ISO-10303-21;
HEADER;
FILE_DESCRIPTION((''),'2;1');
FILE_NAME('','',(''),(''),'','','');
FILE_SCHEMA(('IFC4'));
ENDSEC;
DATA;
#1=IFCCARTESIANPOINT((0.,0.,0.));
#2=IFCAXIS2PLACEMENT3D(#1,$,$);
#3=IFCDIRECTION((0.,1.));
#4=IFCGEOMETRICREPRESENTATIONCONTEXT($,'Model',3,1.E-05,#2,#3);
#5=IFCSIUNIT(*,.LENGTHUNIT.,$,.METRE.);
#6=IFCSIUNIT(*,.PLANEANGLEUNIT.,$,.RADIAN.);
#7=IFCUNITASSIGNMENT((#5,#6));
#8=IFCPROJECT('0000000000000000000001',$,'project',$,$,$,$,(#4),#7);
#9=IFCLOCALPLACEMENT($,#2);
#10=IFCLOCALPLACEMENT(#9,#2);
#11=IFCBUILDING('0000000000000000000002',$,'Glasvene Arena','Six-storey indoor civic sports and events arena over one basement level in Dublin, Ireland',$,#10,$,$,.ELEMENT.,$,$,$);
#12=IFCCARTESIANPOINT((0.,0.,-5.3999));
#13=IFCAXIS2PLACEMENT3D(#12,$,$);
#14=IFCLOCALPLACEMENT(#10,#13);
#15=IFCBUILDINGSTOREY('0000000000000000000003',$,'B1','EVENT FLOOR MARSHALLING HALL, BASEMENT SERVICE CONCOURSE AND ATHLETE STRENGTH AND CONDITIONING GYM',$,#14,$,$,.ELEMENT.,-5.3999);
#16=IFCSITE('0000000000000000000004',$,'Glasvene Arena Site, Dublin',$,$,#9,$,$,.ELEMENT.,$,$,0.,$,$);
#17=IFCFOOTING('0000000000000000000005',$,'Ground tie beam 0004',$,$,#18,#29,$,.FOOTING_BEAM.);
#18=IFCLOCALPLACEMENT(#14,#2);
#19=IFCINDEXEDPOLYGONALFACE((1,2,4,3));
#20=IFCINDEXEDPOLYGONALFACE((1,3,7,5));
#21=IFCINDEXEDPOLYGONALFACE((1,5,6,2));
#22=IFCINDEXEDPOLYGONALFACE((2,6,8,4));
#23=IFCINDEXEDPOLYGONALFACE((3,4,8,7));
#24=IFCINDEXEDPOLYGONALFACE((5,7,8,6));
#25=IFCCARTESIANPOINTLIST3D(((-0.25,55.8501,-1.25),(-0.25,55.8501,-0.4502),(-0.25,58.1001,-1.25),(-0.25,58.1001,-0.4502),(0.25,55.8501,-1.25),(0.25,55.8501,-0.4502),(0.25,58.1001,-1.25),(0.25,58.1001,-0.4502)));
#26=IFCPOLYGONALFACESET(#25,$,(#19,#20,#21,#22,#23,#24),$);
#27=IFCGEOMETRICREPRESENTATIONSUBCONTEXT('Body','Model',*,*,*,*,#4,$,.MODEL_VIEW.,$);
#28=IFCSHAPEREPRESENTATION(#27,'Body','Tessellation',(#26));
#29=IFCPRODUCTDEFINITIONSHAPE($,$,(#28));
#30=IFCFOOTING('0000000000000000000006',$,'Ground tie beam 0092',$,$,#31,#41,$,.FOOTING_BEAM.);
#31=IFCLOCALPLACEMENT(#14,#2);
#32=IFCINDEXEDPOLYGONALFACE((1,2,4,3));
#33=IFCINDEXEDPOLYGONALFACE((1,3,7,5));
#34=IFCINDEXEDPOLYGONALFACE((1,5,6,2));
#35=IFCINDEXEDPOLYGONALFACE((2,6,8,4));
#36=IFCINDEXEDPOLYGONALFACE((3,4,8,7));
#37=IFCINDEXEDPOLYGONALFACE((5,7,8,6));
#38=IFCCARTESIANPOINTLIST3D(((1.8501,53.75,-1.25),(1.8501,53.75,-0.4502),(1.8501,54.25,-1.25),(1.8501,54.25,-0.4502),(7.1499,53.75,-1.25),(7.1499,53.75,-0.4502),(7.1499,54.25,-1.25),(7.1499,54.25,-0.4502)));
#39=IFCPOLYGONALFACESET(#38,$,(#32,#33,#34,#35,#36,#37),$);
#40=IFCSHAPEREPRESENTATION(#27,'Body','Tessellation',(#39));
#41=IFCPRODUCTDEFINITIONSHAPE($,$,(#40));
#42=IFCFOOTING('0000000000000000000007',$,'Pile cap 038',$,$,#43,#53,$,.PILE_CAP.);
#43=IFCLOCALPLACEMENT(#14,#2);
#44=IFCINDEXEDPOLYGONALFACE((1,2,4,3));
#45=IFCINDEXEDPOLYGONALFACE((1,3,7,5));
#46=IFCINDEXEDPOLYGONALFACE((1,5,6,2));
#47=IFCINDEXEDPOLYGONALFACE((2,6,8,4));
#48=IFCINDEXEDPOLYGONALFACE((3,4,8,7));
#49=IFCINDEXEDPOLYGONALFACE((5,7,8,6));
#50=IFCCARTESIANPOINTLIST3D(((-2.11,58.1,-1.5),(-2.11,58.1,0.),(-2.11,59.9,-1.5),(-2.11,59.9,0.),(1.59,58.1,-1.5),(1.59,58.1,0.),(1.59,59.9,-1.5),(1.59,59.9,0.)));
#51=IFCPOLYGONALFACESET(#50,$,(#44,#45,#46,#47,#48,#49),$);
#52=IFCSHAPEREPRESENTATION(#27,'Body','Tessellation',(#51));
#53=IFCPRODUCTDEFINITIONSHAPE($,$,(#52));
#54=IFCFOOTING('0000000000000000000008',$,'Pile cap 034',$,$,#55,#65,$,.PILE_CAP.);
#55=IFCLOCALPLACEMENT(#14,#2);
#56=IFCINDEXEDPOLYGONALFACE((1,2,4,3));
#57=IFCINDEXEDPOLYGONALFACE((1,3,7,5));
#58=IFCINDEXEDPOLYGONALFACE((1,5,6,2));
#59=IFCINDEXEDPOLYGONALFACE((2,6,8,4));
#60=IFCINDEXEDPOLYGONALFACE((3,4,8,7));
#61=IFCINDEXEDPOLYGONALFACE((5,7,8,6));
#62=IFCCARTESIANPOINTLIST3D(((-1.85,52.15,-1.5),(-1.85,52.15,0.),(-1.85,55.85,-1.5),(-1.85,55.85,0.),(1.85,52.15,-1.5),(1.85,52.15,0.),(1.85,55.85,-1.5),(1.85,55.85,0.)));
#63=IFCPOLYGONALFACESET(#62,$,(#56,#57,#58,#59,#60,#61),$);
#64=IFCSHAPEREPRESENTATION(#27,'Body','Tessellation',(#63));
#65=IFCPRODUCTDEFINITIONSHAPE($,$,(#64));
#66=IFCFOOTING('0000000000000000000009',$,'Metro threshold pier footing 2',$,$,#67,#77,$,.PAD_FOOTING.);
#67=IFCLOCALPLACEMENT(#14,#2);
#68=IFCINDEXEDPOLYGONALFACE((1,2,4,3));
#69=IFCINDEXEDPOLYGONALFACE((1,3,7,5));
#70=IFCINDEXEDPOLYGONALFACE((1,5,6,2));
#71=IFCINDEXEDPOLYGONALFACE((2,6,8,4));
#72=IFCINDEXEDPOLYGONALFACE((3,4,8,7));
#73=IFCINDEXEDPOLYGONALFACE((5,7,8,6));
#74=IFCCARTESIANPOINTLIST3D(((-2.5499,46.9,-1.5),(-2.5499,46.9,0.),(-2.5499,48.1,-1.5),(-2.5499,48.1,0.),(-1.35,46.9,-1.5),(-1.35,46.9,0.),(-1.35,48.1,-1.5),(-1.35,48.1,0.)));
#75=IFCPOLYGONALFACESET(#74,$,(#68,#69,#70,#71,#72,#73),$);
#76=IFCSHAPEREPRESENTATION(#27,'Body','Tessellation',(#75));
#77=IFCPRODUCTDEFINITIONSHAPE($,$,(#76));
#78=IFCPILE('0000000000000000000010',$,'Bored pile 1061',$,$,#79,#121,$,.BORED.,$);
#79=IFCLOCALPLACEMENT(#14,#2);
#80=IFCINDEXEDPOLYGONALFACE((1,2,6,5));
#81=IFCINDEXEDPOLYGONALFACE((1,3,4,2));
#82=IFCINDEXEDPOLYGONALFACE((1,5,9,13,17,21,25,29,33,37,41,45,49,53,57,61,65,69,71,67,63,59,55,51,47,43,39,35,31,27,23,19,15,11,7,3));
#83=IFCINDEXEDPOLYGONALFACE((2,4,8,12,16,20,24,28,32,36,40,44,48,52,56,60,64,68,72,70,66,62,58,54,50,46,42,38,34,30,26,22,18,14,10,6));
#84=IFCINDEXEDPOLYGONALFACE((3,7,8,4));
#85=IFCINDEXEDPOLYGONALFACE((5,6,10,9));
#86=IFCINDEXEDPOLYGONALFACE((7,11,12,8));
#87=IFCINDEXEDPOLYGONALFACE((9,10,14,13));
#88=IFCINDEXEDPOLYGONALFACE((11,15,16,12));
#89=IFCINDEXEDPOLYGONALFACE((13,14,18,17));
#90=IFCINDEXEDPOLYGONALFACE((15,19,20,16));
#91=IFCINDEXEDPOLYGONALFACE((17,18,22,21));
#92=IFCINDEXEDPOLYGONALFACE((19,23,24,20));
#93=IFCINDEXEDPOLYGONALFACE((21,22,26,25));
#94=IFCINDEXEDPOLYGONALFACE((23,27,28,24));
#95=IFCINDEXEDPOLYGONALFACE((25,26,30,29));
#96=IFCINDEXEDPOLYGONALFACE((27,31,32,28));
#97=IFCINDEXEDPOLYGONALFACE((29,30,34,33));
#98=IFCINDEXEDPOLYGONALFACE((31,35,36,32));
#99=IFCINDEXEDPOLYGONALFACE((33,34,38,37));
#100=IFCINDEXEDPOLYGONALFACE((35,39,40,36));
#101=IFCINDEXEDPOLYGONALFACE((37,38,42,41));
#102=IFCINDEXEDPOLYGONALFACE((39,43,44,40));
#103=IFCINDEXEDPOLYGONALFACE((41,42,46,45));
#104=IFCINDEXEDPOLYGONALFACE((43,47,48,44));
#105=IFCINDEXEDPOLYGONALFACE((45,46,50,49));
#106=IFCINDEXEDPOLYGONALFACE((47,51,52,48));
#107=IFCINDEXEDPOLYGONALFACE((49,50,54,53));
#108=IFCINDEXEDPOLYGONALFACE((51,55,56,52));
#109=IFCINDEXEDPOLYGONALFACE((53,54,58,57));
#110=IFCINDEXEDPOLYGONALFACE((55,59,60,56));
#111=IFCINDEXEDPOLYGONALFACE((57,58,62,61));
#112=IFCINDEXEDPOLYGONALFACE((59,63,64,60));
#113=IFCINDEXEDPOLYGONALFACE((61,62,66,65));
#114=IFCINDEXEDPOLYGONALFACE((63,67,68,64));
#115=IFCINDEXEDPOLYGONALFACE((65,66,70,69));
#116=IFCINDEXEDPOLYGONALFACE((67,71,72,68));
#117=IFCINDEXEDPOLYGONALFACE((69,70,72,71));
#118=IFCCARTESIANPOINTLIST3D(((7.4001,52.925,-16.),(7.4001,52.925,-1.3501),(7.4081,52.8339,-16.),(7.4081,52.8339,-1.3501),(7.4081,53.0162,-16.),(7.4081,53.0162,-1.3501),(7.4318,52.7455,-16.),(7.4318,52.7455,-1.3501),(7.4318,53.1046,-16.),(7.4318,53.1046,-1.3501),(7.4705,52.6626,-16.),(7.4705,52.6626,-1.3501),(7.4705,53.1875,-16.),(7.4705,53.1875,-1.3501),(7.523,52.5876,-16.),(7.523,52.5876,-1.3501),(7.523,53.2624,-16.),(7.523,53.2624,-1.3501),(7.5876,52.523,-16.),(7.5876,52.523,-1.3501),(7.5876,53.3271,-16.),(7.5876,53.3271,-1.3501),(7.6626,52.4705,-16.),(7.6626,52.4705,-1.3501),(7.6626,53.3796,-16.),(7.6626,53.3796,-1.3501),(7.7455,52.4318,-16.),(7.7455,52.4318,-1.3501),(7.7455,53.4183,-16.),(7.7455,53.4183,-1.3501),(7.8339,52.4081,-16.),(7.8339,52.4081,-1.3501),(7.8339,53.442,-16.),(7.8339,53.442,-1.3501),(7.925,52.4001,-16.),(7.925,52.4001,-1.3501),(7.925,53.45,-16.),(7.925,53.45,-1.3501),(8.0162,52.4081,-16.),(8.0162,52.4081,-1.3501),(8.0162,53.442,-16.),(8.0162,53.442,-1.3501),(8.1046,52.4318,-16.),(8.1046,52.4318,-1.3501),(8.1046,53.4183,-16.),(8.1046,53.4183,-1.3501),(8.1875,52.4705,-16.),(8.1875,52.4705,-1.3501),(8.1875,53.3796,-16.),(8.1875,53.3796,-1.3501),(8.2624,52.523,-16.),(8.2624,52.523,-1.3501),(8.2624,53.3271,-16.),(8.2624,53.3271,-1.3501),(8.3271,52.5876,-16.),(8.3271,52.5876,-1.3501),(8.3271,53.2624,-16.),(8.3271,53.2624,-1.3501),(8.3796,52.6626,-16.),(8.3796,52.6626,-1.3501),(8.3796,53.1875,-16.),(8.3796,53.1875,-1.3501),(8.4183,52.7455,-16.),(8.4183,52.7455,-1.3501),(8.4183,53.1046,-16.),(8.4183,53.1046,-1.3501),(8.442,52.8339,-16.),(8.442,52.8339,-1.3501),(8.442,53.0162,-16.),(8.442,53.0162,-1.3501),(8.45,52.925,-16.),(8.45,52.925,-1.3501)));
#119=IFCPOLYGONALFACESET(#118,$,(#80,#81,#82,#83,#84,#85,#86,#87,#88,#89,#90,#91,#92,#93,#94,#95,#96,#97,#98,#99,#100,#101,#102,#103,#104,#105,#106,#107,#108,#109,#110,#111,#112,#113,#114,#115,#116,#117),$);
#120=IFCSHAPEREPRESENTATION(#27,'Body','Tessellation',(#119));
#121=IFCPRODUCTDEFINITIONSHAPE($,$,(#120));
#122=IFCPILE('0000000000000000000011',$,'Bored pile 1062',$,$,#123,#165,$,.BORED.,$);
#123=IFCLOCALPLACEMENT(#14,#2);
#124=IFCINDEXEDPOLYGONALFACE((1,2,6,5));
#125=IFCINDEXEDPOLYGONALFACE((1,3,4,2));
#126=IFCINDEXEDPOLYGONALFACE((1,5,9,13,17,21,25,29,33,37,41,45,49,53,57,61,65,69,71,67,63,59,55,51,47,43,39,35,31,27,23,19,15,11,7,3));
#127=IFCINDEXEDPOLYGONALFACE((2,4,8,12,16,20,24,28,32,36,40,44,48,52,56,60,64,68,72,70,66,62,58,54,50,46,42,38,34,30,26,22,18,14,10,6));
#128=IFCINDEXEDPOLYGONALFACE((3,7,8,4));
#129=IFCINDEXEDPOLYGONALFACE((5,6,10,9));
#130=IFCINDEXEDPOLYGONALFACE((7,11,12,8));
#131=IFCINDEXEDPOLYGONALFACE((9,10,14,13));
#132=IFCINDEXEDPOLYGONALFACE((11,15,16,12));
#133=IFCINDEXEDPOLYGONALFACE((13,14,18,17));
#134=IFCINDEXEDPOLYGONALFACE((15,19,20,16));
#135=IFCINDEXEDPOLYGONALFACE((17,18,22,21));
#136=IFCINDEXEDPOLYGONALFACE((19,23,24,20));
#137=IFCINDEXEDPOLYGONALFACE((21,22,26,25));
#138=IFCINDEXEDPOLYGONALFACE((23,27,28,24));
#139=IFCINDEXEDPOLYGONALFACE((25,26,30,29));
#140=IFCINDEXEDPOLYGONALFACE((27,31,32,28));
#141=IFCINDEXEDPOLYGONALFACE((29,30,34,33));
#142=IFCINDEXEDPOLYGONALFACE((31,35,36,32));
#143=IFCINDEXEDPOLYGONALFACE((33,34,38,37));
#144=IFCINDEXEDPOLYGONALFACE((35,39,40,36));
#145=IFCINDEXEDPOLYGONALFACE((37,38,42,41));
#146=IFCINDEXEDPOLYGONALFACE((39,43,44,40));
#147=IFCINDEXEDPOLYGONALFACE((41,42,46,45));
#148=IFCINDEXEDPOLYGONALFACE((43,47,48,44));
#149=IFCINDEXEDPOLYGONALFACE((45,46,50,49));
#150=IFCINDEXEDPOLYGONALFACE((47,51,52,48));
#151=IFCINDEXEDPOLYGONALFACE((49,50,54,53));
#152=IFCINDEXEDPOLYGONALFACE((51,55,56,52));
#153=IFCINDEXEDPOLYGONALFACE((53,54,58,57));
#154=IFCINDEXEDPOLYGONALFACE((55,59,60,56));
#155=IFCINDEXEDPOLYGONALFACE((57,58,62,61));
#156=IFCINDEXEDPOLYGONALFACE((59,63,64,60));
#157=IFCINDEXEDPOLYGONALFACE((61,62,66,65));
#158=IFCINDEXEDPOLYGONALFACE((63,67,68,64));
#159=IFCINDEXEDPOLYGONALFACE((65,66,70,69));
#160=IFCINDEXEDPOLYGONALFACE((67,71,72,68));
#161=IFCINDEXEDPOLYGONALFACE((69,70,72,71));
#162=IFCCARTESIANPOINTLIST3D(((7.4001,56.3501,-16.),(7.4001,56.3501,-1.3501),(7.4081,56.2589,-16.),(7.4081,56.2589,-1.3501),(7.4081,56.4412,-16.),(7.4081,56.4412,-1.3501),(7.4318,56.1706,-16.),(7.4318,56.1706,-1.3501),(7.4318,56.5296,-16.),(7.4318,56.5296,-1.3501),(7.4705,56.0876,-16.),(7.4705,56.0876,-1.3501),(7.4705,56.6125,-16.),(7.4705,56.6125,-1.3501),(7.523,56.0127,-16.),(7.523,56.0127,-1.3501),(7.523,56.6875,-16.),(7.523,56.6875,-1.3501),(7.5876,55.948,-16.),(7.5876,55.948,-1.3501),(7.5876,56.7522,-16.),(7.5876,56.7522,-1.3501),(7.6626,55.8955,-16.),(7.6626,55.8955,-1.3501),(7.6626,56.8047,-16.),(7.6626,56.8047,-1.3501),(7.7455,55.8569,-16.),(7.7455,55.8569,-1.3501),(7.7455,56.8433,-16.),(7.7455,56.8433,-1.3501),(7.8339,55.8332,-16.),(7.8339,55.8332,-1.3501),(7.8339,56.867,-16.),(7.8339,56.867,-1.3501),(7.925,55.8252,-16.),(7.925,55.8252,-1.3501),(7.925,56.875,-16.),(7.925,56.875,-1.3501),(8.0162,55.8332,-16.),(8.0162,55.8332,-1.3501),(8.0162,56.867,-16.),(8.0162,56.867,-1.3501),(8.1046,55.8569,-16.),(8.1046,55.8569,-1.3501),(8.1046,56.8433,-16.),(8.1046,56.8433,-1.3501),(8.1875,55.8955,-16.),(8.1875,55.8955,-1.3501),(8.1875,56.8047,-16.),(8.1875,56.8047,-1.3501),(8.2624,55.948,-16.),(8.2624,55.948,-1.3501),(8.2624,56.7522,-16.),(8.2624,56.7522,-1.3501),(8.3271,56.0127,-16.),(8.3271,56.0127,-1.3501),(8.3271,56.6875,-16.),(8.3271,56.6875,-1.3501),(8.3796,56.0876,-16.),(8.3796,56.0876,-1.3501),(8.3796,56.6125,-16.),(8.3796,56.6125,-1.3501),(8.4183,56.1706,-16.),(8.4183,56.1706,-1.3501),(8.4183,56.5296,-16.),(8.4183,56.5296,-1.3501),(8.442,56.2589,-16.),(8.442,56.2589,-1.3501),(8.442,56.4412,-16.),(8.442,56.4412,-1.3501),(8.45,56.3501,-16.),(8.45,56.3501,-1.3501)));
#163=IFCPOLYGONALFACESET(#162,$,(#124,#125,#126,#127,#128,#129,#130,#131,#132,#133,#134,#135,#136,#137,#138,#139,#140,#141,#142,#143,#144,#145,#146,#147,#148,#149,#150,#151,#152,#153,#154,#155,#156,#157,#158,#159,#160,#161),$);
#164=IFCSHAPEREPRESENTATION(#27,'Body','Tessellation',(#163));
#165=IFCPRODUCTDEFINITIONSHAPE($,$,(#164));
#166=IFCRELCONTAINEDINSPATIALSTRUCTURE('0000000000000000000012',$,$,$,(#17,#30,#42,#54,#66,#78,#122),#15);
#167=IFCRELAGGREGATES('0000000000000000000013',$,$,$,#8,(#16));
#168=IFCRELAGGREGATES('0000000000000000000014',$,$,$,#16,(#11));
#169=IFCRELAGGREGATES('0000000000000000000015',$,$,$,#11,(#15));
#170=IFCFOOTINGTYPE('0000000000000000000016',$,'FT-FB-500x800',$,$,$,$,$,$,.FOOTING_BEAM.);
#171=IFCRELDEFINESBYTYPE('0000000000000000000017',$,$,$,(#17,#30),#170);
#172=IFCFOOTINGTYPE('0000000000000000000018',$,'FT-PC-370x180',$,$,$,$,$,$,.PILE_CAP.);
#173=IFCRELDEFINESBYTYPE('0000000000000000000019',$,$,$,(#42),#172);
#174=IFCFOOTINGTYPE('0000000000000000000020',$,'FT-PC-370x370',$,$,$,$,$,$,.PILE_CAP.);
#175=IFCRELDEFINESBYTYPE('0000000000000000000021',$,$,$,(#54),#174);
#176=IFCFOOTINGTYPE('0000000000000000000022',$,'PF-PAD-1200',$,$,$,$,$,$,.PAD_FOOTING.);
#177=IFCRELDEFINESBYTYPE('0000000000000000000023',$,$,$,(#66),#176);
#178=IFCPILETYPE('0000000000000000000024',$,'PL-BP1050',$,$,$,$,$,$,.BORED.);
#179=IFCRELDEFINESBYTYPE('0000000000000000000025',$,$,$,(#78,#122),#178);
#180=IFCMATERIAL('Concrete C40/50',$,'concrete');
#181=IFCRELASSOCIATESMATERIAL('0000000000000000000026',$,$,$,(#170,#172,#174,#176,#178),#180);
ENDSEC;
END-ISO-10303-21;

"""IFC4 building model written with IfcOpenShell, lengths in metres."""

from ifc_helpers import new_model, si_unit, direction, frame, origin, origin_2d, place, context, subcontext, project, spatial, polyline, rectangle, circle, outline, extrude, material, material_profile, profile_set, type_object, element, save


model = new_model("IFC4")

# Units and contexts
model_context = context("Model", 3, precision=1e-05, world=origin(), true_north=direction((0.0, 1.0)))
body_context = subcontext(model_context, "Body", "Model", "MODEL_VIEW")
ifc_project = project(units=[si_unit("LENGTHUNIT", "METRE"), si_unit("PLANEANGLEUNIT", "RADIAN")], contexts=[model_context])

# Site, building, storey
site_placement = place(None, origin())
site = spatial("IfcSite", under=ifc_project, at=site_placement, Name="Glasvene Arena Site, Dublin", CompositionType="ELEMENT", RefElevation=0.0)
building_placement = place(site_placement, origin())
building = spatial("IfcBuilding", under=site, at=building_placement, Name="Glasvene Arena", Description="Six-storey indoor civic sports and events arena over one basement level in Dublin, Ireland", CompositionType="ELEMENT")
storey_placement = place(building_placement, frame((0.0, 0.0, -5.3999)))
storey = spatial("IfcBuildingStorey", under=building, at=storey_placement, Name="B1", Description="EVENT FLOOR MARSHALLING HALL, BASEMENT SERVICE CONCOURSE AND ATHLETE STRENGTH AND CONDITIONING GYM", CompositionType="ELEMENT", Elevation=-5.3999)

# Footings
ifc_material_1 = material(Name="Concrete C40/50", Category="concrete")
footing_type_1 = type_object("IfcFootingType", Name="FT-FB-500x800", PredefinedType="FOOTING_BEAM", material=ifc_material_1)
footing_1_placement = place(storey_placement, frame((0.0, 56.9751, -1.25)))
element("IfcFooting", 1, at=footing_1_placement, inside=storey, type_object=footing_type_1, Name="Ground tie beam 0004", PredefinedType="FOOTING_BEAM", context=body_context, shape_type="SweptSolid", body=[
    extrude(outline(polyline([(-0.25, -1.125), (0.25, -1.125), (0.25, 1.125), (-0.25, 1.125), (-0.25, -1.125)])), origin(), (0.0, 0.0, 1.0), 0.7998),
])
footing_2_placement = place(storey_placement, frame((4.5, 54.0, -1.25)))
element("IfcFooting", 2, at=footing_2_placement, inside=storey, type_object=footing_type_1, Name="Ground tie beam 0092", PredefinedType="FOOTING_BEAM", context=body_context, shape_type="SweptSolid", body=[
    extrude(outline(polyline([(-2.6499, -0.25), (2.6499, -0.25), (2.6499, 0.25), (-2.6499, 0.25), (-2.6499, -0.25)])), origin(), (0.0, 0.0, 1.0), 0.7998),
])
footing_type_2 = type_object("IfcFootingType", Name="FT-PC-370x180", PredefinedType="PILE_CAP", material=ifc_material_1)
footing_3_placement = place(storey_placement, frame((-0.26, 59.0, -1.5), z_axis=(0.0, 0.0, 1.0), x_axis=(1.0, 0.0, 0.0)))
element("IfcFooting", 3, at=footing_3_placement, inside=storey, type_object=footing_type_2, Name="Pile cap 038", PredefinedType="PILE_CAP", context=body_context, shape_type="SweptSolid", body=[
    extrude(rectangle(XDim=3.7, YDim=1.8, at=origin_2d()), origin(), (0.0, 0.0, 1.0), 1.5),
])
footing_type_3 = type_object("IfcFootingType", Name="FT-PC-370x370", PredefinedType="PILE_CAP", material=ifc_material_1)
footing_4_placement = place(storey_placement, frame((0.0, 54.0, -1.5), z_axis=(0.0, 0.0, 1.0), x_axis=(1.0, 0.0, 0.0)))
element("IfcFooting", 4, at=footing_4_placement, inside=storey, type_object=footing_type_3, Name="Pile cap 034", PredefinedType="PILE_CAP", context=body_context, shape_type="SweptSolid", body=[
    extrude(rectangle(XDim=3.7, YDim=3.7, at=origin_2d()), origin(), (0.0, 0.0, 1.0), 1.5),
])
footing_type_4 = type_object("IfcFootingType", Name="PF-PAD-1200", PredefinedType="PAD_FOOTING", material=ifc_material_1)
footing_5_placement = place(storey_placement, frame((-1.95, 47.5, -1.5), z_axis=(0.0, 0.0, 1.0), x_axis=(1.0, 0.0, 0.0)))
element("IfcFooting", 5, at=footing_5_placement, inside=storey, type_object=footing_type_4, Name="Metro threshold pier footing 2", PredefinedType="PAD_FOOTING", context=body_context, shape_type="SweptSolid", body=[
    extrude(rectangle(XDim=1.2, YDim=1.2, at=origin_2d()), origin(), (0.0, 0.0, 1.0), 1.5),
])

# Piles
ifc_material_profile_1 = material_profile(ifc_material_1, circle(Radius=0.5249, at=origin_2d()), Name="BORED PILE 1050")
ifc_profile_set_1 = profile_set([ifc_material_profile_1], Name="Concrete C40/50")
pile_type_1 = type_object("IfcPileType", Name="PL-BP1050", PredefinedType="BORED", material=ifc_profile_set_1)
for number, where, z_axis, x_axis, name in (
    (6, (7.925, 52.925, -1.3501), (0.0, 0.0, -1.0), (1.0, 0.0, 0.0), "Bored pile 1061"),
    (7, (7.925, 56.3501, -1.3501), (0.0, 0.0, -1.0), (1.0, 0.0, 0.0), "Bored pile 1062"),
):
    element("IfcPile", number, at=place(storey_placement, frame(where, z_axis=z_axis, x_axis=x_axis)), inside=storey, type_object=pile_type_1, Name=name, PredefinedType="BORED", context=body_context, shape_type="SweptSolid", body=[
        extrude(circle(Radius=0.5249, at=origin_2d()), origin(), (0.0, 0.0, 1.0), 14.6499),
    ])

save(model, "model.ifc")
